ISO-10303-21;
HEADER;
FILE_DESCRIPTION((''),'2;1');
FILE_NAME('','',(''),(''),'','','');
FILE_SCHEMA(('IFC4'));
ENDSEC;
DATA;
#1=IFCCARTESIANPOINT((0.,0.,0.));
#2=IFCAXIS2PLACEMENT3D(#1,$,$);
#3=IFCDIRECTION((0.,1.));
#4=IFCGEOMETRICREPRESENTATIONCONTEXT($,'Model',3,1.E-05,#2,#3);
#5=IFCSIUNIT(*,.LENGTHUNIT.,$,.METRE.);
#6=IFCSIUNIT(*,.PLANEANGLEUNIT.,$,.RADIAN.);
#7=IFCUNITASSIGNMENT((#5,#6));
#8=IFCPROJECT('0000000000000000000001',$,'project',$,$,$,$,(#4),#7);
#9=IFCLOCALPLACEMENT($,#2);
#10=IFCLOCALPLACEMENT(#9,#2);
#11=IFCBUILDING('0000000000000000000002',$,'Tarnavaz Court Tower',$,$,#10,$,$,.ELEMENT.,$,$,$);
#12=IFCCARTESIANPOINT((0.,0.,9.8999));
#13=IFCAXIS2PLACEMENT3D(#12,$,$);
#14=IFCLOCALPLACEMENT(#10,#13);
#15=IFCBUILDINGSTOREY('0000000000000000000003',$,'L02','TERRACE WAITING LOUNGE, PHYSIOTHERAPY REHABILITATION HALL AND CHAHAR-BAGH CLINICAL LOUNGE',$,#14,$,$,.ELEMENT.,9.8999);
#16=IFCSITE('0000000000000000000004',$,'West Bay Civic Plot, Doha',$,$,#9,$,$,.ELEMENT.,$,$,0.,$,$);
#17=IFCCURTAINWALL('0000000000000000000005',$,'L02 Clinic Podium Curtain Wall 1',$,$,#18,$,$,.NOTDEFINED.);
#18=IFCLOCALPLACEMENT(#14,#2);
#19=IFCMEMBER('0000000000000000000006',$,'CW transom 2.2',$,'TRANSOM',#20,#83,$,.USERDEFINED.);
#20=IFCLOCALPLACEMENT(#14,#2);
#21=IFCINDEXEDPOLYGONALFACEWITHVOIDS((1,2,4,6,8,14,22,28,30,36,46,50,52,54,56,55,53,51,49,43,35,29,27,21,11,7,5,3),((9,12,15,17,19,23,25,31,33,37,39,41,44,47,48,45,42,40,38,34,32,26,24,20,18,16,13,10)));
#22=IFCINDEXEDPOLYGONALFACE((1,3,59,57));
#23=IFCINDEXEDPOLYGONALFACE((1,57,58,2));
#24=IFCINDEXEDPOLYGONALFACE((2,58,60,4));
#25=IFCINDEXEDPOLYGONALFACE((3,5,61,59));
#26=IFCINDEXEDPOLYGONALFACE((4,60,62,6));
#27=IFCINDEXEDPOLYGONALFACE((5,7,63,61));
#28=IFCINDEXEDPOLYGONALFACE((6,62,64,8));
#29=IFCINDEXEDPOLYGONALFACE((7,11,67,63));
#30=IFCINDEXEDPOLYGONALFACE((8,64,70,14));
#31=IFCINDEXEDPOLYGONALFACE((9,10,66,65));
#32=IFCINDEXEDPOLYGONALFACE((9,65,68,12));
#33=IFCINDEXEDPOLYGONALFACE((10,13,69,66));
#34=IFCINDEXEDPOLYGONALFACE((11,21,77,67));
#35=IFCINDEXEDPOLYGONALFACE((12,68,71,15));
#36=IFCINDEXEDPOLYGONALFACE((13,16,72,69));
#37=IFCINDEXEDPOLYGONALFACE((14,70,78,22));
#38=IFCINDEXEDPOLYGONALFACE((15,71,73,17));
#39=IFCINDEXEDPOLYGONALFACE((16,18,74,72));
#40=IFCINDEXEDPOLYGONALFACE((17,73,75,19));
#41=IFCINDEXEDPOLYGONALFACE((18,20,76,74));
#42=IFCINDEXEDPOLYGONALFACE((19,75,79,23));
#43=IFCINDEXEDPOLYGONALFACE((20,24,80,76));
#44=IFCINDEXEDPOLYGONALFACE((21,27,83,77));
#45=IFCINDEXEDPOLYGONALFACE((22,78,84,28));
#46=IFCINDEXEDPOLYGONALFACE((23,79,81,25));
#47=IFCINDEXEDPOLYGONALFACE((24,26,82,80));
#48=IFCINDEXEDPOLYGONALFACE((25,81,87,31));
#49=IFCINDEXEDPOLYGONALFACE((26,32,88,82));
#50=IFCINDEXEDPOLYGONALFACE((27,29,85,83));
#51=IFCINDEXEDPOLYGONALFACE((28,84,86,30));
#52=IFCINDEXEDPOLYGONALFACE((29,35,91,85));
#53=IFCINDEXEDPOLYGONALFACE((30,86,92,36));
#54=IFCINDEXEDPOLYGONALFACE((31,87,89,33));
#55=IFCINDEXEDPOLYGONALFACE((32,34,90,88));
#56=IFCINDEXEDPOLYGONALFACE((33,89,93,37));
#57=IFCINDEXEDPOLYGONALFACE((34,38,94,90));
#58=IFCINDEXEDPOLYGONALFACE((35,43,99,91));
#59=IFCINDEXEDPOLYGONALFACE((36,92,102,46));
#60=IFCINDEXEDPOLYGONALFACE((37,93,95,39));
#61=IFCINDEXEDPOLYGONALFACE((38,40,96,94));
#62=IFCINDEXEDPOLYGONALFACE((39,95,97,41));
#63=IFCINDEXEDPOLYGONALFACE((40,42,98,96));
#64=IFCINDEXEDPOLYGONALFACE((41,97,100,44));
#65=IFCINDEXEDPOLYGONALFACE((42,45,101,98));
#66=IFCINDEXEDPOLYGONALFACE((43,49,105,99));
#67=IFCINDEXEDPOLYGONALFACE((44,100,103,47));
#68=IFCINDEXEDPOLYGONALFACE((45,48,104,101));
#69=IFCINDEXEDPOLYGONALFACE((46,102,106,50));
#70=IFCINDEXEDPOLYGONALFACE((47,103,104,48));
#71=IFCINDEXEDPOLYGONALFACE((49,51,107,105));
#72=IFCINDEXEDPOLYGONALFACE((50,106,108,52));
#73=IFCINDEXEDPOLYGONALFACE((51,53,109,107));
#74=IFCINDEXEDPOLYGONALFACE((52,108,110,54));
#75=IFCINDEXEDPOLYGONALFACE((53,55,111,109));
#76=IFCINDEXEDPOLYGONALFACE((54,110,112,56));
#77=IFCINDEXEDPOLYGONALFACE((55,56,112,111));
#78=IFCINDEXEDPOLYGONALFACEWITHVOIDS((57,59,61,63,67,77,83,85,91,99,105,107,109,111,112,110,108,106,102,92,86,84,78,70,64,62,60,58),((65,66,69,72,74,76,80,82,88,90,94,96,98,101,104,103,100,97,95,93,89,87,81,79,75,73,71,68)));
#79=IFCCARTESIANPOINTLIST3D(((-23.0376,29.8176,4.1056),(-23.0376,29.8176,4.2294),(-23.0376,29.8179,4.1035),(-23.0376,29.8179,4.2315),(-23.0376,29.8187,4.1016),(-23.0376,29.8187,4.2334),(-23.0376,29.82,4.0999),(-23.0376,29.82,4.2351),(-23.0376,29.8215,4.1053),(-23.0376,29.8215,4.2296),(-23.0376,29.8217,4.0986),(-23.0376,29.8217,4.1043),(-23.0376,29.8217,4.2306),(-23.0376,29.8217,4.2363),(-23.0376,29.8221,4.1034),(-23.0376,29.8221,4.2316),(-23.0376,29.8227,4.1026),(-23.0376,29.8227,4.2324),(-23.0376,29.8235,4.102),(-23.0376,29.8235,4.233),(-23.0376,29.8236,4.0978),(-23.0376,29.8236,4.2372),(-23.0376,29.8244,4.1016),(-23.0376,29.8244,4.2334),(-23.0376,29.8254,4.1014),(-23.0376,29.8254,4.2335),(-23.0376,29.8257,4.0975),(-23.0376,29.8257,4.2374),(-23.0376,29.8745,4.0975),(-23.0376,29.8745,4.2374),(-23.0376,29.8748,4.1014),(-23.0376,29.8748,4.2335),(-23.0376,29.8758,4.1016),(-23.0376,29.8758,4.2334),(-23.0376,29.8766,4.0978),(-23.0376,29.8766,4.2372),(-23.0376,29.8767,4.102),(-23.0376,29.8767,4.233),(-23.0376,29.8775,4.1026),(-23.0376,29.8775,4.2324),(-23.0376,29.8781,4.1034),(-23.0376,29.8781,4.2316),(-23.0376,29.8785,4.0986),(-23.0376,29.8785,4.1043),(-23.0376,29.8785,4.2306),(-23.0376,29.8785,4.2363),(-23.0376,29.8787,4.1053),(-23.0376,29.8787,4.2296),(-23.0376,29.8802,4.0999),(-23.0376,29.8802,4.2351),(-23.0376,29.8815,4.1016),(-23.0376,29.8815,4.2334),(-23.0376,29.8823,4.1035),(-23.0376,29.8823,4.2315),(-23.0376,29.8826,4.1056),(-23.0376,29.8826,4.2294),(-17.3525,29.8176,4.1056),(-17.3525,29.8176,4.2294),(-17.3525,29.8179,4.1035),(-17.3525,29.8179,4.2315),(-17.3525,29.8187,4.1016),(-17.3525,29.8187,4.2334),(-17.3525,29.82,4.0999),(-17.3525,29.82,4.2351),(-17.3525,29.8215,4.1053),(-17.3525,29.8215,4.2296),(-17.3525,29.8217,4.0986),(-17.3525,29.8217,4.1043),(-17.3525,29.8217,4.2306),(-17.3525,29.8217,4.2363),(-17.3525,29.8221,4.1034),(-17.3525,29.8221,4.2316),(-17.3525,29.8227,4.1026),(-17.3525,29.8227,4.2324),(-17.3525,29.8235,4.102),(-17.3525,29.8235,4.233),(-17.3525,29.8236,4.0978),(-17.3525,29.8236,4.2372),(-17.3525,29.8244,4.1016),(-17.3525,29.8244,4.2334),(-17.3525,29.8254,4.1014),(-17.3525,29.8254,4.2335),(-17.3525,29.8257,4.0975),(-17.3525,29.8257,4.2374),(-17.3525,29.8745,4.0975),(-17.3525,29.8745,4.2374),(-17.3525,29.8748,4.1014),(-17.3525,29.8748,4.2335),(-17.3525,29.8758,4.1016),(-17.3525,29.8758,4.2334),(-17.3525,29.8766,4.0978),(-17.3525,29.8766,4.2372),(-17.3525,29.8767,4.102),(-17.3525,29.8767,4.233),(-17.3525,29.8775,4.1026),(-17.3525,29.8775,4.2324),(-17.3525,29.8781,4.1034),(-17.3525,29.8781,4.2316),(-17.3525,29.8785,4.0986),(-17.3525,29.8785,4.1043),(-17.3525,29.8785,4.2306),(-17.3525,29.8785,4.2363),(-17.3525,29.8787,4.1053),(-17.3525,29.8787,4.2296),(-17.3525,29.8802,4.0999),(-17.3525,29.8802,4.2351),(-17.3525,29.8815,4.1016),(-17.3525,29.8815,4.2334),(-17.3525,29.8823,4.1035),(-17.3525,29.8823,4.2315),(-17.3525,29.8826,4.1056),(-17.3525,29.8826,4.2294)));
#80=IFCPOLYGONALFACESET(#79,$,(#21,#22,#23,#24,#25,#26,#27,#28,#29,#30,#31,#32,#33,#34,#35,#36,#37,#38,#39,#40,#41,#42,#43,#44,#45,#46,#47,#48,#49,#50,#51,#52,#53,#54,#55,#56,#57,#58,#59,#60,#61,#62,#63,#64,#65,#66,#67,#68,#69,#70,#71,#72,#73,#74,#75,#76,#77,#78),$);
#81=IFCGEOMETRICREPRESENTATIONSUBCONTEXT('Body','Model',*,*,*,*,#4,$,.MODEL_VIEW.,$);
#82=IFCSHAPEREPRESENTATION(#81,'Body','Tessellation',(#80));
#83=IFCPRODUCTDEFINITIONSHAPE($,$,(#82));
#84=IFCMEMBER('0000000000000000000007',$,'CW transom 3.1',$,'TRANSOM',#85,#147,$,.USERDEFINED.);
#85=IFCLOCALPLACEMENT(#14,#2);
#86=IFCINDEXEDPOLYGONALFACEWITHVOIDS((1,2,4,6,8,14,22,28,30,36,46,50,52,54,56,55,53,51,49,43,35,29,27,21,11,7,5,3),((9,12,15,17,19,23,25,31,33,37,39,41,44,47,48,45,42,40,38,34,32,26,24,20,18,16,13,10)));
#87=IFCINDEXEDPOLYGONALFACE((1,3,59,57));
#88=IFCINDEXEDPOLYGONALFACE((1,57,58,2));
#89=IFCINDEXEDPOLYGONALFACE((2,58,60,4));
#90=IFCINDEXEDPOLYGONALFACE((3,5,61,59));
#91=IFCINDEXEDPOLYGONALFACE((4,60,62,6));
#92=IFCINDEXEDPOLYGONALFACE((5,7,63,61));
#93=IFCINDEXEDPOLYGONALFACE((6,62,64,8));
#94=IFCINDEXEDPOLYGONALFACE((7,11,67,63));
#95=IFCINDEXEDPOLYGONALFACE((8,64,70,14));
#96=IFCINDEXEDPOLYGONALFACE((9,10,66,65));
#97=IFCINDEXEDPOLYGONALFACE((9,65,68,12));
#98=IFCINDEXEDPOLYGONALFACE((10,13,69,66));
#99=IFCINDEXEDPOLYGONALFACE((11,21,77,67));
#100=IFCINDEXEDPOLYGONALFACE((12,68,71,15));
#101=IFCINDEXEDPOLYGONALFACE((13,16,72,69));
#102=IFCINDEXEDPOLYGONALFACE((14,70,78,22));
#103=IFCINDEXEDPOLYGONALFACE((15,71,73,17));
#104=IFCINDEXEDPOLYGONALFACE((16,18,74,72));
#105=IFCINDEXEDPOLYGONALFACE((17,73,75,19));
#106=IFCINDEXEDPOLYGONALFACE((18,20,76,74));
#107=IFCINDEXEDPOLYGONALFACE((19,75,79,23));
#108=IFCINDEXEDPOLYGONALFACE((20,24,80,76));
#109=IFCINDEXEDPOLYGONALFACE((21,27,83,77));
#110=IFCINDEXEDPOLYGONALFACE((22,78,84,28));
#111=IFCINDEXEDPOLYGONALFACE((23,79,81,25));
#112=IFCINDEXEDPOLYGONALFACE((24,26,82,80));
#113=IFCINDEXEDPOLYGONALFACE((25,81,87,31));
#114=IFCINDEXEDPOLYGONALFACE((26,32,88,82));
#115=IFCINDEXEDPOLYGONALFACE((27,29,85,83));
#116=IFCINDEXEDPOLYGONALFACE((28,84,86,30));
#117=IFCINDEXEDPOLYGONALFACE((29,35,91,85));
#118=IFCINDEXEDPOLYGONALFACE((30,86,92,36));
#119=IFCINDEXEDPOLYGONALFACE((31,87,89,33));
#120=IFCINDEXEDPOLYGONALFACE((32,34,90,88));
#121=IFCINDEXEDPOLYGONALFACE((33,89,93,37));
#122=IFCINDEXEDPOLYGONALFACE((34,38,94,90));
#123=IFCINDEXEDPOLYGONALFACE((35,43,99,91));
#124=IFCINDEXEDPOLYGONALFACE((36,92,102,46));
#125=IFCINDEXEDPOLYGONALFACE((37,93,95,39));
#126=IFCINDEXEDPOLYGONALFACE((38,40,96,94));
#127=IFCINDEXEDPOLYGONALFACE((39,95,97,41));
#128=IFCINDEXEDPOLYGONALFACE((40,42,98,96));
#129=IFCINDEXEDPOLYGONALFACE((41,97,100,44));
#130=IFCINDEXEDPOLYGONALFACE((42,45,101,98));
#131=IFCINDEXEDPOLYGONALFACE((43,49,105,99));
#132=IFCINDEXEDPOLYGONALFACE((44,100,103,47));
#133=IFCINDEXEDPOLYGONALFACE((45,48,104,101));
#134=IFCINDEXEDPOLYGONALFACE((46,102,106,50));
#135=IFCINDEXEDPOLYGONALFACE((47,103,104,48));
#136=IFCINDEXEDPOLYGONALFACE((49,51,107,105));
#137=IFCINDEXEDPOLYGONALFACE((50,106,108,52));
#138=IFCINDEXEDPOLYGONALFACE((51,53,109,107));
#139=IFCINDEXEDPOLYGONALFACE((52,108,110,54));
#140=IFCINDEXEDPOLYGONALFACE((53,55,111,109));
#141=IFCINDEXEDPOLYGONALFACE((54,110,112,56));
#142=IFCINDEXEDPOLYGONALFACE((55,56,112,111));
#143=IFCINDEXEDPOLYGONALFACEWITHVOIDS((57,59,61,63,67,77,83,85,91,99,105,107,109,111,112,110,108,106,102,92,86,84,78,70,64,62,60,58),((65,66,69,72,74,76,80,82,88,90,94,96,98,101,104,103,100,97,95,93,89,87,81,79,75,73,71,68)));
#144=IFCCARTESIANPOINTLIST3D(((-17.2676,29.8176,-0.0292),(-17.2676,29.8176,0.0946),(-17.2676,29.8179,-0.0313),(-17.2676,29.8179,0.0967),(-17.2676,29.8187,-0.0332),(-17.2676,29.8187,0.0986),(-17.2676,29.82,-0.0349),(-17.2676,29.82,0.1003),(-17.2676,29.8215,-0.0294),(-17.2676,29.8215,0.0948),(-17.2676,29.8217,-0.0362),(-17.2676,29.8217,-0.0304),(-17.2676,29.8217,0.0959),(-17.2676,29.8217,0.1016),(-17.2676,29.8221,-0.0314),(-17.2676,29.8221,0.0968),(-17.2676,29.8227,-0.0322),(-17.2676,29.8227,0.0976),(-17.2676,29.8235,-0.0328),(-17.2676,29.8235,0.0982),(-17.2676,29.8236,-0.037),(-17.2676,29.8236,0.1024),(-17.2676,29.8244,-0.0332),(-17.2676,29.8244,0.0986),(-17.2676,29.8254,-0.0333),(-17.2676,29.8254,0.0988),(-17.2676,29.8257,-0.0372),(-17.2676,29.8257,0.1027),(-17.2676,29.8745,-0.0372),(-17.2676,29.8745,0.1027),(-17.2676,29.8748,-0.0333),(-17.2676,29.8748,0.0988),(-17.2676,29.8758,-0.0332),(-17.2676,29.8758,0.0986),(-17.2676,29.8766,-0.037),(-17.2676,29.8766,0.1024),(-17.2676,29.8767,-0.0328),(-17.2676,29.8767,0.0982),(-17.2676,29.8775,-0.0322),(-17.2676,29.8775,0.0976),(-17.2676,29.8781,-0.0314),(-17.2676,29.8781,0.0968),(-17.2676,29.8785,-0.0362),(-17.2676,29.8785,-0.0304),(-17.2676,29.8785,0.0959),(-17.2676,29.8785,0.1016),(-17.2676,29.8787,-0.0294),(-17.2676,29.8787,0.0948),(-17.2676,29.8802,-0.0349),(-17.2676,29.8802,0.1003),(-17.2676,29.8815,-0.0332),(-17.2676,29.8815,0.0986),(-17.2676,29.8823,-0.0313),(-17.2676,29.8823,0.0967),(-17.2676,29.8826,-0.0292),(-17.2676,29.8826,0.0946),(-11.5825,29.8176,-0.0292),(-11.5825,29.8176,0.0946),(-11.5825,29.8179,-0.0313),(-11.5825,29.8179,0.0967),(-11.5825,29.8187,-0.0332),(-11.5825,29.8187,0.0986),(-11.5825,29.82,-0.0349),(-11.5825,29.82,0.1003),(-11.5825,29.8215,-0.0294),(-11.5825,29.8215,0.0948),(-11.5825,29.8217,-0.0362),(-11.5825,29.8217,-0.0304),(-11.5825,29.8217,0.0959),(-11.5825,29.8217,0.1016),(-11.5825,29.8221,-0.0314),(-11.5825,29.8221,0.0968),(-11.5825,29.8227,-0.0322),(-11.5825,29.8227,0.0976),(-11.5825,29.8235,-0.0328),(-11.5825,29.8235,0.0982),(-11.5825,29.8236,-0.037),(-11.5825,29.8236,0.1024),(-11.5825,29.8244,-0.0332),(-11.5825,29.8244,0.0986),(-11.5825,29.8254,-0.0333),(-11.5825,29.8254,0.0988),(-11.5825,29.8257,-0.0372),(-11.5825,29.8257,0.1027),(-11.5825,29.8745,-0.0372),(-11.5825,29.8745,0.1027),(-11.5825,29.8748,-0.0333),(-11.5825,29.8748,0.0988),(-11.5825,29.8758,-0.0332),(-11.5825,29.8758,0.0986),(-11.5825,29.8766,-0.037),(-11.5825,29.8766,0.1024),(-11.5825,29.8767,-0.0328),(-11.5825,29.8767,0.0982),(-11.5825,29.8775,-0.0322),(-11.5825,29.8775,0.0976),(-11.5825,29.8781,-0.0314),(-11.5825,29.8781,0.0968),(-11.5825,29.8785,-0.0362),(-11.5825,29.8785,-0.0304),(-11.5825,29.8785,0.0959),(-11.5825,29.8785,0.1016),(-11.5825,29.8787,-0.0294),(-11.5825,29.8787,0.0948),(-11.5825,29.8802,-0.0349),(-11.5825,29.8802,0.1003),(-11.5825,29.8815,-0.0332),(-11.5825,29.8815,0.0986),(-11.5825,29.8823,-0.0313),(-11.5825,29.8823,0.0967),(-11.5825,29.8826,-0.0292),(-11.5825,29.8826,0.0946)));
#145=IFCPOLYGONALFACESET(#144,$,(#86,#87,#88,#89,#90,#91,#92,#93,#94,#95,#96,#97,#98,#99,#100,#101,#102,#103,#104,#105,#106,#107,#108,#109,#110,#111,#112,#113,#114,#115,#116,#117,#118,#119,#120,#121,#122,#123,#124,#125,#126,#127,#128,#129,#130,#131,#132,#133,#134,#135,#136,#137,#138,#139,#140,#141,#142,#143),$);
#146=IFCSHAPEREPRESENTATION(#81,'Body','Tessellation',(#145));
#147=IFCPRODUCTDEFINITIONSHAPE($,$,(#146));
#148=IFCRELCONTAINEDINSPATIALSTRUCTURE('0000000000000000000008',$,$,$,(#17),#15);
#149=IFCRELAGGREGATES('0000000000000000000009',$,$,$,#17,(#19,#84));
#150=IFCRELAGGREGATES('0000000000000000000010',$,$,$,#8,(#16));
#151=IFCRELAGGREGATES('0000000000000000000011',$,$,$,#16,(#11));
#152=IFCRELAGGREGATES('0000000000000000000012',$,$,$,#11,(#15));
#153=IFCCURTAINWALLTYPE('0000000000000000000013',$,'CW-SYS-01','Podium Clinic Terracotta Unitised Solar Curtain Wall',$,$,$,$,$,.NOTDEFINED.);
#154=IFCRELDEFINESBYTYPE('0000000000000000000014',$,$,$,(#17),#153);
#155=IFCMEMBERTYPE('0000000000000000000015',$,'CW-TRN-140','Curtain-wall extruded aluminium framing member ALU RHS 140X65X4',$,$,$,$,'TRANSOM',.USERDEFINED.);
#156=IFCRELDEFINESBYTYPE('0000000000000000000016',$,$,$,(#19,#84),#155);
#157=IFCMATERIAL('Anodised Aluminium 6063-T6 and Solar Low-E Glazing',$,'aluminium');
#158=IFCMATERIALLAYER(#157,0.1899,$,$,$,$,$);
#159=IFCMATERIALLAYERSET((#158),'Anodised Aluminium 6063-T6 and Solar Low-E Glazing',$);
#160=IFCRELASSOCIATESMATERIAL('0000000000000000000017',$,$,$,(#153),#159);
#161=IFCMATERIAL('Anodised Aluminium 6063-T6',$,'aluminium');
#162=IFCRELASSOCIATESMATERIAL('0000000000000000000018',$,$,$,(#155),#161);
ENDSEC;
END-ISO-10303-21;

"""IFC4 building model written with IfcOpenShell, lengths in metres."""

from ifc_helpers import new_model, si_unit, direction, frame, origin, origin_2d, place, context, subcontext, project, spatial, hollow_rectangle, extrude, material, layer, layer_set, material_profile, profile_set, type_object, element, aggregate, save


model = new_model("IFC4")

# Units and contexts
model_context = context("Model", 3, precision=1e-05, world=origin(), true_north=direction((0.0, 1.0)))
body_context = subcontext(model_context, "Body", "Model", "MODEL_VIEW")
ifc_project = project(units=[si_unit("LENGTHUNIT", "METRE"), si_unit("PLANEANGLEUNIT", "RADIAN")], contexts=[model_context])

# Site, building, storey
site_placement = place(None, origin())
site = spatial("IfcSite", under=ifc_project, at=site_placement, Name="West Bay Civic Plot, Doha", CompositionType="ELEMENT", RefElevation=0.0)
building_placement = place(site_placement, origin())
building = spatial("IfcBuilding", under=site, at=building_placement, Name="Tarnavaz Court Tower", CompositionType="ELEMENT")
storey_placement = place(building_placement, frame((0.0, 0.0, 9.8999)))
storey = spatial("IfcBuildingStorey", under=building, at=storey_placement, Name="L02", Description="TERRACE WAITING LOUNGE, PHYSIOTHERAPY REHABILITATION HALL AND CHAHAR-BAGH CLINICAL LOUNGE", CompositionType="ELEMENT", Elevation=9.8999)

# Curtain wall, members
ifc_material_1 = material(Name="Anodised Aluminium 6063-T6 and Solar Low-E Glazing", Category="aluminium")
ifc_layer_1 = layer(ifc_material_1, 0.1899)
ifc_layer_set_1 = layer_set([ifc_layer_1], Name="Anodised Aluminium 6063-T6 and Solar Low-E Glazing")
curtain_wall_type = type_object("IfcCurtainWallType", Name="CW-SYS-01", Description="Podium Clinic Terracotta Unitised Solar Curtain Wall", PredefinedType="NOTDEFINED", material=ifc_layer_set_1)
curtain_wall_placement = place(storey_placement, origin())
curtain_wall = element("IfcCurtainWall", 1, at=curtain_wall_placement, inside=storey, type_object=curtain_wall_type, Name="L02 Clinic Podium Curtain Wall 1", PredefinedType="NOTDEFINED")
ifc_material_2 = material(Name="Anodised Aluminium 6063-T6", Category="aluminium")
ifc_material_profile_1 = material_profile(ifc_material_2, hollow_rectangle(XDim=0.0649, YDim=0.1399, WallThickness=0.0039, InnerFilletRadius=0.0039, OuterFilletRadius=0.0081, at=origin_2d()), Name="ALU RHS 140X65X4")
ifc_profile_set_1 = profile_set([ifc_material_profile_1], Name="Anodised Aluminium 6063-T6")
member_type_1 = type_object("IfcMemberType", Name="CW-TRN-140", Description="Curtain-wall extruded aluminium framing member ALU RHS 140X65X4", ElementType="TRANSOM", PredefinedType="USERDEFINED", material=ifc_profile_set_1)
member_1_placement = place(storey_placement, frame((-23.0376, 29.8501, 4.1675), z_axis=(1.0, 0.0, 0.0), x_axis=(0.0, 1.0, 0.0)))
member_1 = element("IfcMember", 2, at=member_1_placement, type_object=member_type_1, Name="CW transom 2.2", ObjectType="TRANSOM", PredefinedType="USERDEFINED", context=body_context, shape_type="SweptSolid", body=[
    extrude(hollow_rectangle(XDim=0.0649, YDim=0.1399, WallThickness=0.0039, InnerFilletRadius=0.0039, OuterFilletRadius=0.0081, at=origin_2d()), origin(), (0.0, 0.0, 1.0), 5.6851),
])
member_2_placement = place(storey_placement, frame((-17.2676, 29.8501, 0.0327), z_axis=(1.0, 0.0, 0.0), x_axis=(0.0, 1.0, 0.0)))
member_2 = element("IfcMember", 3, at=member_2_placement, type_object=member_type_1, Name="CW transom 3.1", ObjectType="TRANSOM", PredefinedType="USERDEFINED", context=body_context, shape_type="SweptSolid", body=[
    extrude(hollow_rectangle(XDim=0.0649, YDim=0.1399, WallThickness=0.0039, InnerFilletRadius=0.0039, OuterFilletRadius=0.0081, at=origin_2d()), origin(), (0.0, 0.0, 1.0), 5.6851),
])
aggregate(curtain_wall, [member_1, member_2])

save(model, "model.ifc")
